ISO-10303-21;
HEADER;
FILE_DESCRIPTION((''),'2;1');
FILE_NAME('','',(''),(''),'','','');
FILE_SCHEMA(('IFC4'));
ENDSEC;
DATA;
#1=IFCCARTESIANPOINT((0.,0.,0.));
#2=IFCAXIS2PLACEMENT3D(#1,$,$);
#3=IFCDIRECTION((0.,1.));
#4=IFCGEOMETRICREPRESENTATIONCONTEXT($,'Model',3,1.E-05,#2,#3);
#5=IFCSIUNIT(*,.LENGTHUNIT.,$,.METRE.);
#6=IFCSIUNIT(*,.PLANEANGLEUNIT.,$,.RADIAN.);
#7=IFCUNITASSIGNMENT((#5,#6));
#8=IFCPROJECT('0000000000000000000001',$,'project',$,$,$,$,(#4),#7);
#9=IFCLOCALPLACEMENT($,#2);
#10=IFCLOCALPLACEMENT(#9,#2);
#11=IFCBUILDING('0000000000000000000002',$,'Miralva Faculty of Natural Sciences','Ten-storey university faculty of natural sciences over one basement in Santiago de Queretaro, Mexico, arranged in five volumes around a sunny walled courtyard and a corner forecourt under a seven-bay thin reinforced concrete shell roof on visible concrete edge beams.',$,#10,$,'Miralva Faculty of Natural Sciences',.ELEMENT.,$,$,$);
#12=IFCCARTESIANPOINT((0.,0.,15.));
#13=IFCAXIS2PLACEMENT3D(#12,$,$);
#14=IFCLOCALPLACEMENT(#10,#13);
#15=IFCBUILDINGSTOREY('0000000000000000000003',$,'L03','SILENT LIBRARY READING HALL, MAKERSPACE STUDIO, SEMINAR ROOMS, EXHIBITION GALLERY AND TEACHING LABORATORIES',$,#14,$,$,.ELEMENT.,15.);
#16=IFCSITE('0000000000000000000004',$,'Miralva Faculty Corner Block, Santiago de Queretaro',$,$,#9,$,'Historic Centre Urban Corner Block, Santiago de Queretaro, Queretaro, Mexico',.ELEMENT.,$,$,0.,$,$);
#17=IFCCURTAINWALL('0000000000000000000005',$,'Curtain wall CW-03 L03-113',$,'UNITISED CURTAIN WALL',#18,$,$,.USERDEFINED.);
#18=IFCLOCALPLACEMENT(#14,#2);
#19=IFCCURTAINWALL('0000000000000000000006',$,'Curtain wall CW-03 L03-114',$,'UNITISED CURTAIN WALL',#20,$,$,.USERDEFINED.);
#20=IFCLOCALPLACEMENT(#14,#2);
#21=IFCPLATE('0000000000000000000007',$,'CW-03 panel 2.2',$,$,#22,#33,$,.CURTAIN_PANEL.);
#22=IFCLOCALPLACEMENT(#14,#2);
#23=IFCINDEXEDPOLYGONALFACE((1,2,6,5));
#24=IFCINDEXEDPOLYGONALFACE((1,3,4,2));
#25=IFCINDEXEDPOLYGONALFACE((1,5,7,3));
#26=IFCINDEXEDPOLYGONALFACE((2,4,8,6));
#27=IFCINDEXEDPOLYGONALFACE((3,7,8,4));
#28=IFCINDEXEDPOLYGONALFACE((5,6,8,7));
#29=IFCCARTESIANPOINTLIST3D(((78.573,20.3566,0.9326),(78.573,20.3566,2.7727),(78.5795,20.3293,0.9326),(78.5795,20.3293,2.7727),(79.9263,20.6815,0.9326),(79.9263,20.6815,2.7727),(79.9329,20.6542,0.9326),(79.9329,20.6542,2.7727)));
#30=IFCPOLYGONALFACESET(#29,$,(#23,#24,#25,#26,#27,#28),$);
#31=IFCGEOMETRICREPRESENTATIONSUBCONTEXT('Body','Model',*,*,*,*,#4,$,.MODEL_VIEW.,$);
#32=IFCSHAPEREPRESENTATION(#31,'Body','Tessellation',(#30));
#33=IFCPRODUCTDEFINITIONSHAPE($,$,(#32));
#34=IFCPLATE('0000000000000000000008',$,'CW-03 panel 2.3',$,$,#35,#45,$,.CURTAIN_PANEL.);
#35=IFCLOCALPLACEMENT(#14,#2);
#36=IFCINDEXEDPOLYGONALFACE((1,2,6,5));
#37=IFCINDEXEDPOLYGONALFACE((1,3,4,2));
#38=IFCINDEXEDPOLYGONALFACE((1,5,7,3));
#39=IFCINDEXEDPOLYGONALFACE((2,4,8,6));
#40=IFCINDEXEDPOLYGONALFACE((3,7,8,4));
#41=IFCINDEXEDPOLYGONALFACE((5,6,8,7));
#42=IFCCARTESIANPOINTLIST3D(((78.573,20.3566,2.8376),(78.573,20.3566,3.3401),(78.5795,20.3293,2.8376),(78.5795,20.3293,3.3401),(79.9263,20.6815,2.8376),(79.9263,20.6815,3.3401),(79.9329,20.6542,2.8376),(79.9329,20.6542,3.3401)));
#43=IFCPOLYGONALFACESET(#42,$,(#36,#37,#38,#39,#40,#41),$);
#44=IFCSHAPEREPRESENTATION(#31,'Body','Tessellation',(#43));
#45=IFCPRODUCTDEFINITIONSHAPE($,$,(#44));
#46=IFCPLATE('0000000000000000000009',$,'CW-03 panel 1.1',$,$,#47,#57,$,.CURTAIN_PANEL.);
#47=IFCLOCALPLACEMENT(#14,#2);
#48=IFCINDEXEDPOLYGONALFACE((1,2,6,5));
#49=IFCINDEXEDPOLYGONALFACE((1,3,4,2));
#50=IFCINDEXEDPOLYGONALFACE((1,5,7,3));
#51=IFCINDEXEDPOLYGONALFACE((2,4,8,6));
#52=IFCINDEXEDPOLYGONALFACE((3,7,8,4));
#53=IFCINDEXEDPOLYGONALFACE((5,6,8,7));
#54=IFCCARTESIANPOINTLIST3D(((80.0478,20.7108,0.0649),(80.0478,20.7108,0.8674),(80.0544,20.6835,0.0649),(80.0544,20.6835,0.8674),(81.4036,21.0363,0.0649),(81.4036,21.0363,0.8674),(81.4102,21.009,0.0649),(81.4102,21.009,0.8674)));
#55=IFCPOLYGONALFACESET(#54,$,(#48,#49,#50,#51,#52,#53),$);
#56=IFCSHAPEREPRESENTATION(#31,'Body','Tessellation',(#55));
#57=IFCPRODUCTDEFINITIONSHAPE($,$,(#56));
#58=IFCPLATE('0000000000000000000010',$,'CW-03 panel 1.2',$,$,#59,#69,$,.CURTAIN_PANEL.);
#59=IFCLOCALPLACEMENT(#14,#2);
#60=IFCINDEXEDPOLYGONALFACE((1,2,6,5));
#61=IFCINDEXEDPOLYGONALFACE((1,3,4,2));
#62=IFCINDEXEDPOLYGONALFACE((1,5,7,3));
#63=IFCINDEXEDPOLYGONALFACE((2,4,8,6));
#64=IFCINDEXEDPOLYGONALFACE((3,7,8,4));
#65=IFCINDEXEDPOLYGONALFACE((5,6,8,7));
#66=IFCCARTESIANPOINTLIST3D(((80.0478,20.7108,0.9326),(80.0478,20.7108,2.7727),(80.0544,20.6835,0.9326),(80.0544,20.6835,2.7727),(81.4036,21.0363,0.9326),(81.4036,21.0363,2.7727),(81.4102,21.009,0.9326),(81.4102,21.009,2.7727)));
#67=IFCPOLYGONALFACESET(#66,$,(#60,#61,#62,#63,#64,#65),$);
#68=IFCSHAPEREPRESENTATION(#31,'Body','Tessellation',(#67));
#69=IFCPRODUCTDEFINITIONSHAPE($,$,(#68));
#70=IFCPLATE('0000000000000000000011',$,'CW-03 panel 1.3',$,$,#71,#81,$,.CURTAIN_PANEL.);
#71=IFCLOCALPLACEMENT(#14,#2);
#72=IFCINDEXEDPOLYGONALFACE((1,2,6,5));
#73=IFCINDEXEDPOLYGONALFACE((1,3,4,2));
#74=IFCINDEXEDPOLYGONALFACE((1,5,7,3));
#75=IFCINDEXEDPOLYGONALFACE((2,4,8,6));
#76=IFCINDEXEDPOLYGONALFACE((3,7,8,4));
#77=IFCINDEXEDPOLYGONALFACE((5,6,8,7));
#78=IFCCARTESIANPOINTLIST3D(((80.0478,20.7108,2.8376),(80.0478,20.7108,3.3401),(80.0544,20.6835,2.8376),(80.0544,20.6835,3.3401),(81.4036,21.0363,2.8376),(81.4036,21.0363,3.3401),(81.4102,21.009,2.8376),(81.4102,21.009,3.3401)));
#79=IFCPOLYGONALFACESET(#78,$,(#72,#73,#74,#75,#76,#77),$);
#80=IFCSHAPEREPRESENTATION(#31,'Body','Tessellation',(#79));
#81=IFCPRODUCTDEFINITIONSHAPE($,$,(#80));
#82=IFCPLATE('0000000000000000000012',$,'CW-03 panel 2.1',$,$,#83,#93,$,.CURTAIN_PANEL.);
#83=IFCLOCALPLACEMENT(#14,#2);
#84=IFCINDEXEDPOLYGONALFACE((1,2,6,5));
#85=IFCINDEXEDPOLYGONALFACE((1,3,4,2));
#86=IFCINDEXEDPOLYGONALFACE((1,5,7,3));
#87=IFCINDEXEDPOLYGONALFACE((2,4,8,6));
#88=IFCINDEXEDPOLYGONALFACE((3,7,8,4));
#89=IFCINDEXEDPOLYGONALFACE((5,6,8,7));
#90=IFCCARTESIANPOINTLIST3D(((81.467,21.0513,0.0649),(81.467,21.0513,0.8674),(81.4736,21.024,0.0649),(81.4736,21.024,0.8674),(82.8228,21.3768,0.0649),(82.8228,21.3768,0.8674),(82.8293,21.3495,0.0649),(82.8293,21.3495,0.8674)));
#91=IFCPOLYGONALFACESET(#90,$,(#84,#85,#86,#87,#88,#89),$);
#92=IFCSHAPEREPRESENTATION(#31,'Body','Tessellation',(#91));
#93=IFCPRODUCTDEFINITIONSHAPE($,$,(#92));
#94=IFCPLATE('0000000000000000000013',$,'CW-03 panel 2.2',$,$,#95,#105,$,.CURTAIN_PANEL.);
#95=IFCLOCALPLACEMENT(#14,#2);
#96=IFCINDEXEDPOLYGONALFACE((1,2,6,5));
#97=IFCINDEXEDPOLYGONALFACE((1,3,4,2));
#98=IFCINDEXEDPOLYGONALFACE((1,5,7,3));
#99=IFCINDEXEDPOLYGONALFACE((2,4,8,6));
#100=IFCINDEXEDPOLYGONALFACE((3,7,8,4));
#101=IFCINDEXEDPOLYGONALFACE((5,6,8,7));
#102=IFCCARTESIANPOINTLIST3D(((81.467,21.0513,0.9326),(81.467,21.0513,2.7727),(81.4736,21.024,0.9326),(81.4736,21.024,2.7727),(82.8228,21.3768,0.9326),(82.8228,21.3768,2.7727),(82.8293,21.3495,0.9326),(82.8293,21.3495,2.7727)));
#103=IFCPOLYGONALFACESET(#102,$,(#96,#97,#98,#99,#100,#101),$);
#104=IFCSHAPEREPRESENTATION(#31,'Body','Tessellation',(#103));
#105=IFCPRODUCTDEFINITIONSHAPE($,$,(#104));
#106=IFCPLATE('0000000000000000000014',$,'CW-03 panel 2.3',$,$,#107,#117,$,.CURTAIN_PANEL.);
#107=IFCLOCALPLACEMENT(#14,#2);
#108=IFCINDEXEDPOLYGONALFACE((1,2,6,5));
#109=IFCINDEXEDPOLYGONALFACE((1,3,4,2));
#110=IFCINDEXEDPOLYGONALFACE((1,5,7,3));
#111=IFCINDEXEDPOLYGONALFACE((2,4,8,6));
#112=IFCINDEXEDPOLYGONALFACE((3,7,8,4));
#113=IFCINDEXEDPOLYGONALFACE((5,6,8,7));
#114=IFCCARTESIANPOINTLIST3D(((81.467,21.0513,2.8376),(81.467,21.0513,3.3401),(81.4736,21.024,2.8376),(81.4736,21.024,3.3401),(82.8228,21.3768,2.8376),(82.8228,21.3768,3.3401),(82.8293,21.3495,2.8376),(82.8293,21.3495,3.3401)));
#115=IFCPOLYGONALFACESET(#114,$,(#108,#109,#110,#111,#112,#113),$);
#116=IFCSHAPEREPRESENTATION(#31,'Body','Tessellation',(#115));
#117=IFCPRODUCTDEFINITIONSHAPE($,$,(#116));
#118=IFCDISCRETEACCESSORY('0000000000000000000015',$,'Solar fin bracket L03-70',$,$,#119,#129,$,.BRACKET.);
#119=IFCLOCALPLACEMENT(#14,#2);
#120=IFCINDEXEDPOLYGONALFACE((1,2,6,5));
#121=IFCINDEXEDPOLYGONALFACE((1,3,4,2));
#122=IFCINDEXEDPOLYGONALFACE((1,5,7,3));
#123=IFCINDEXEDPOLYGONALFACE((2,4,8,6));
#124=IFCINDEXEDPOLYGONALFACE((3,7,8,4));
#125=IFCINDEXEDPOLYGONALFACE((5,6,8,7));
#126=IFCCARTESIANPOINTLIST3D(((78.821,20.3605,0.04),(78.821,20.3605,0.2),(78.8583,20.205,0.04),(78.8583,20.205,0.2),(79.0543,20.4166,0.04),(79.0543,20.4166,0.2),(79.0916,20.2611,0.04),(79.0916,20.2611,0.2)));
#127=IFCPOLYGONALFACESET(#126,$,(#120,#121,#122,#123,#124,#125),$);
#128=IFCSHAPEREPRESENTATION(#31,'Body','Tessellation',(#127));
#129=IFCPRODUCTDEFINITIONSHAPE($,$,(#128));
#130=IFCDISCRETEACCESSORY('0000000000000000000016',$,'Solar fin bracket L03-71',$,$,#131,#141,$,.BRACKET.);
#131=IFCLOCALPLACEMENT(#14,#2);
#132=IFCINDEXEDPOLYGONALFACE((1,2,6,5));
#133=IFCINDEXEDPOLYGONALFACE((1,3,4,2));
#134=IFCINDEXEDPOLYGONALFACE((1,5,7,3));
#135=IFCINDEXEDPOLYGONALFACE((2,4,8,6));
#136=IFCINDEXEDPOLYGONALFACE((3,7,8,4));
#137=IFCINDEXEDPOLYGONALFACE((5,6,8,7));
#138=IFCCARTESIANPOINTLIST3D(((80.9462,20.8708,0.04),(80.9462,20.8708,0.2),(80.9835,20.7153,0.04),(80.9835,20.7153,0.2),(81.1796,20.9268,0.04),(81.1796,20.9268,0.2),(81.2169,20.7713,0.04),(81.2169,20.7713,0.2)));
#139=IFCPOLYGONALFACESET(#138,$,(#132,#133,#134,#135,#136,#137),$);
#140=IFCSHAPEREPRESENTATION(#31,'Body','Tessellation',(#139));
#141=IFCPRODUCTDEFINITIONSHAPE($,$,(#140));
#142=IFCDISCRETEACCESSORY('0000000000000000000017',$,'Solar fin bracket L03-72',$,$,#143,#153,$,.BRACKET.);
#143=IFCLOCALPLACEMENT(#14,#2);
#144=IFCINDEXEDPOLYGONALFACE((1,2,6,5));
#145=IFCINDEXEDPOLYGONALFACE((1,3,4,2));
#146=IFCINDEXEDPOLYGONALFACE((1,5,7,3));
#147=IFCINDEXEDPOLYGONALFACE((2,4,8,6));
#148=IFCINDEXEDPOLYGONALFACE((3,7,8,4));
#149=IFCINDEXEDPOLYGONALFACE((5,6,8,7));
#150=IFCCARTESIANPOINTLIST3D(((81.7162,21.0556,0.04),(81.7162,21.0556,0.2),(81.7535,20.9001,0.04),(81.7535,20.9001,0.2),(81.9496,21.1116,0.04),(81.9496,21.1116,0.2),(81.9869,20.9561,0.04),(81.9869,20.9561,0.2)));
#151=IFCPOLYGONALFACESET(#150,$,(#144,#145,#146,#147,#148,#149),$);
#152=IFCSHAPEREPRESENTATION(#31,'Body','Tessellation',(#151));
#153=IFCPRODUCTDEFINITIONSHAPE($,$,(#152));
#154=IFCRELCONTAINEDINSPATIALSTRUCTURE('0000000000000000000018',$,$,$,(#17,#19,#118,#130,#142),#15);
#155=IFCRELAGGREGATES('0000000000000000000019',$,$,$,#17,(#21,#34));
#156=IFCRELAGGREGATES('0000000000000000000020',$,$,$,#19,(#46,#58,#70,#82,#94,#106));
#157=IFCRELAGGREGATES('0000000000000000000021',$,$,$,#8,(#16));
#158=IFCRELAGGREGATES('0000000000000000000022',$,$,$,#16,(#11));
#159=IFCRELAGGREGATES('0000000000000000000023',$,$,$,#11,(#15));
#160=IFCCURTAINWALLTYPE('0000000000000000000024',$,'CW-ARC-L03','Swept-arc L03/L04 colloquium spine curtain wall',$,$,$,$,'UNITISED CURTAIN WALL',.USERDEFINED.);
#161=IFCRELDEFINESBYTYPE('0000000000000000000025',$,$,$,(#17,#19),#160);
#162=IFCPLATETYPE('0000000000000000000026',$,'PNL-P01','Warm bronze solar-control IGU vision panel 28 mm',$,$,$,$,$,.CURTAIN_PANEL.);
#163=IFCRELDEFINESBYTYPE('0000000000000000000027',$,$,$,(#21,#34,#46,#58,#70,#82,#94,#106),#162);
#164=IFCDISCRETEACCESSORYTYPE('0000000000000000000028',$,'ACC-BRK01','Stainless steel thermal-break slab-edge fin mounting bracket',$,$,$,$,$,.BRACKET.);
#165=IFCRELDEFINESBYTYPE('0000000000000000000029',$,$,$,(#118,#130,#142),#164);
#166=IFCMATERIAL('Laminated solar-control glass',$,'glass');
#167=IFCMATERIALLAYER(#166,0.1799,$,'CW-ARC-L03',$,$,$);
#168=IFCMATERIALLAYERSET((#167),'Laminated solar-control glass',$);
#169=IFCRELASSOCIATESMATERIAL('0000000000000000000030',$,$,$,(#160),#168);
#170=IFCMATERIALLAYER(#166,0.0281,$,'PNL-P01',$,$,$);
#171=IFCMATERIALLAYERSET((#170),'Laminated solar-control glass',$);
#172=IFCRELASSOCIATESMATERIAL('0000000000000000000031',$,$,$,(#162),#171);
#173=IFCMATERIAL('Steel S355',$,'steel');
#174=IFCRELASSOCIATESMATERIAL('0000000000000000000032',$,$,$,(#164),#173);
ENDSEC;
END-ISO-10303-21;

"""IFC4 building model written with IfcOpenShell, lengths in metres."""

from ifc_helpers import new_model, si_unit, direction, frame, origin, origin_2d, place, context, subcontext, project, spatial, rectangle, extrude, material, layer, layer_set, type_object, element, aggregate, save


model = new_model("IFC4")

# Units and contexts
model_context = context("Model", 3, precision=1e-05, world=origin(), true_north=direction((0.0, 1.0)))
body_context = subcontext(model_context, "Body", "Model", "MODEL_VIEW")
ifc_project = project(units=[si_unit("LENGTHUNIT", "METRE"), si_unit("PLANEANGLEUNIT", "RADIAN")], contexts=[model_context])

# Site, building, storey
site_placement = place(None, origin())
site = spatial("IfcSite", under=ifc_project, at=site_placement, Name="Miralva Faculty Corner Block, Santiago de Queretaro", LongName="Historic Centre Urban Corner Block, Santiago de Queretaro, Queretaro, Mexico", CompositionType="ELEMENT", RefElevation=0.0)
building_placement = place(site_placement, origin())
building = spatial("IfcBuilding", under=site, at=building_placement, Name="Miralva Faculty of Natural Sciences", Description="Ten-storey university faculty of natural sciences over one basement in Santiago de Queretaro, Mexico, arranged in five volumes around a sunny walled courtyard and a corner forecourt under a seven-bay thin reinforced concrete shell roof on visible concrete edge beams.", LongName="Miralva Faculty of Natural Sciences", CompositionType="ELEMENT")
storey_placement = place(building_placement, frame((0.0, 0.0, 15.0)))
storey = spatial("IfcBuildingStorey", under=building, at=storey_placement, Name="L03", Description="SILENT LIBRARY READING HALL, MAKERSPACE STUDIO, SEMINAR ROOMS, EXHIBITION GALLERY AND TEACHING LABORATORIES", CompositionType="ELEMENT", Elevation=15.0)

# Curtain walls
ifc_material_1 = material(Name="Laminated solar-control glass", Category="glass")
ifc_layer_1 = layer(ifc_material_1, 0.1799, Name="CW-ARC-L03")
ifc_layer_set_1 = layer_set([ifc_layer_1], Name="Laminated solar-control glass")
curtain_wall_type = type_object("IfcCurtainWallType", Name="CW-ARC-L03", Description="Swept-arc L03/L04 colloquium spine curtain wall", ElementType="UNITISED CURTAIN WALL", PredefinedType="USERDEFINED", material=ifc_layer_set_1)
curtain_wall_1_placement = place(storey_placement, origin())
curtain_wall_1 = element("IfcCurtainWall", 1, at=curtain_wall_1_placement, inside=storey, type_object=curtain_wall_type, Name="Curtain wall CW-03 L03-113", ObjectType="UNITISED CURTAIN WALL", PredefinedType="USERDEFINED")
curtain_wall_2_placement = place(storey_placement, origin())
curtain_wall_2 = element("IfcCurtainWall", 2, at=curtain_wall_2_placement, inside=storey, type_object=curtain_wall_type, Name="Curtain wall CW-03 L03-114", ObjectType="UNITISED CURTAIN WALL", PredefinedType="USERDEFINED")

# Plates
ifc_layer_2 = layer(ifc_material_1, 0.0281, Name="PNL-P01")
ifc_layer_set_2 = layer_set([ifc_layer_2], Name="Laminated solar-control glass")
plate_type = type_object("IfcPlateType", Name="PNL-P01", Description="Warm bronze solar-control IGU vision panel 28 mm", PredefinedType="CURTAIN_PANEL", material=ifc_layer_set_2)
plate_1_placement = place(storey_placement, frame((79.2529, 20.5054, 0.9326), z_axis=(0.0, 0.0, 1.0), x_axis=(0.972367, 0.233457, 0.0)))
plate_1 = element("IfcPlate", 3, at=plate_1_placement, type_object=plate_type, Name="CW-03 panel 2.2", PredefinedType="CURTAIN_PANEL", context=body_context, shape_type="SweptSolid", body=[
    extrude(rectangle(XDim=1.3918, YDim=0.0281, at=origin_2d()), origin(), (0.0, 0.0, 1.0), 1.8401),
])
plate_2_placement = place(storey_placement, frame((79.2529, 20.5054, 2.8376), z_axis=(0.0, 0.0, 1.0), x_axis=(0.972367, 0.233457, 0.0)))
plate_2 = element("IfcPlate", 4, at=plate_2_placement, type_object=plate_type, Name="CW-03 panel 2.3", PredefinedType="CURTAIN_PANEL", context=body_context, shape_type="SweptSolid", body=[
    extrude(rectangle(XDim=1.3918, YDim=0.0281, at=origin_2d()), origin(), (0.0, 0.0, 1.0), 0.5024),
])
aggregate(curtain_wall_1, [plate_1, plate_2])
plate_3_placement = place(storey_placement, frame((80.729, 20.8599, 0.0649), z_axis=(0.0, 0.0, 1.0), x_axis=(0.972365, 0.233464, 0.0)))
plate_3 = element("IfcPlate", 5, at=plate_3_placement, type_object=plate_type, Name="CW-03 panel 1.1", PredefinedType="CURTAIN_PANEL", context=body_context, shape_type="SweptSolid", body=[
    extrude(rectangle(XDim=1.3943, YDim=0.0281, at=origin_2d()), origin(), (0.0, 0.0, 1.0), 0.8025),
])
plate_4_placement = place(storey_placement, frame((80.729, 20.8599, 0.9326), z_axis=(0.0, 0.0, 1.0), x_axis=(0.972365, 0.233464, 0.0)))
plate_4 = element("IfcPlate", 6, at=plate_4_placement, type_object=plate_type, Name="CW-03 panel 1.2", PredefinedType="CURTAIN_PANEL", context=body_context, shape_type="SweptSolid", body=[
    extrude(rectangle(XDim=1.3943, YDim=0.0281, at=origin_2d()), origin(), (0.0, 0.0, 1.0), 1.8401),
])
plate_5_placement = place(storey_placement, frame((80.729, 20.8599, 2.8376), z_axis=(0.0, 0.0, 1.0), x_axis=(0.972365, 0.233464, 0.0)))
plate_5 = element("IfcPlate", 7, at=plate_5_placement, type_object=plate_type, Name="CW-03 panel 1.3", PredefinedType="CURTAIN_PANEL", context=body_context, shape_type="SweptSolid", body=[
    extrude(rectangle(XDim=1.3943, YDim=0.0281, at=origin_2d()), origin(), (0.0, 0.0, 1.0), 0.5024),
])
plate_6_placement = place(storey_placement, frame((82.1482, 21.2004, 0.0649), z_axis=(0.0, 0.0, 1.0), x_axis=(0.972365, 0.233464, 0.0)))
plate_6 = element("IfcPlate", 8, at=plate_6_placement, type_object=plate_type, Name="CW-03 panel 2.1", PredefinedType="CURTAIN_PANEL", context=body_context, shape_type="SweptSolid", body=[
    extrude(rectangle(XDim=1.3943, YDim=0.0281, at=origin_2d()), origin(), (0.0, 0.0, 1.0), 0.8025),
])
plate_7_placement = place(storey_placement, frame((82.1482, 21.2004, 0.9326), z_axis=(0.0, 0.0, 1.0), x_axis=(0.972365, 0.233464, 0.0)))
plate_7 = element("IfcPlate", 9, at=plate_7_placement, type_object=plate_type, Name="CW-03 panel 2.2", PredefinedType="CURTAIN_PANEL", context=body_context, shape_type="SweptSolid", body=[
    extrude(rectangle(XDim=1.3943, YDim=0.0281, at=origin_2d()), origin(), (0.0, 0.0, 1.0), 1.8401),
])
plate_8_placement = place(storey_placement, frame((82.1482, 21.2004, 2.8376), z_axis=(0.0, 0.0, 1.0), x_axis=(0.972365, 0.233464, 0.0)))
plate_8 = element("IfcPlate", 10, at=plate_8_placement, type_object=plate_type, Name="CW-03 panel 2.3", PredefinedType="CURTAIN_PANEL", context=body_context, shape_type="SweptSolid", body=[
    extrude(rectangle(XDim=1.3943, YDim=0.0281, at=origin_2d()), origin(), (0.0, 0.0, 1.0), 0.5024),
])
aggregate(curtain_wall_2, [plate_3, plate_4, plate_5, plate_6, plate_7, plate_8])

# Discrete accessories
ifc_material_2 = material(Name="Steel S355", Category="steel")
discrete_accessory_type = type_object("IfcDiscreteAccessoryType", Name="ACC-BRK01", Description="Stainless steel thermal-break slab-edge fin mounting bracket", PredefinedType="BRACKET", material=ifc_material_2)
for number, where, z_axis, x_axis, name in (
    (11, (78.9563, 20.3108, 0.04), (0.0, 0.0, 1.0), (0.233445, -0.97237, 0.0), "Solar fin bracket L03-70"),
    (12, (81.0815, 20.821, 0.04), (0.0, 0.0, 1.0), (0.233445, -0.97237, 0.0), "Solar fin bracket L03-71"),
    (13, (81.8516, 21.0059, 0.04), (0.0, 0.0, 1.0), (0.233445, -0.97237, 0.0), "Solar fin bracket L03-72"),
):
    element("IfcDiscreteAccessory", number, at=place(storey_placement, frame(where, z_axis=z_axis, x_axis=x_axis)), inside=storey, type_object=discrete_accessory_type, Name=name, PredefinedType="BRACKET", context=body_context, shape_type="SweptSolid", body=[
        extrude(rectangle(XDim=0.1599, YDim=0.24, at=origin_2d()), origin(), (0.0, 0.0, 1.0), 0.1599),
    ])

save(model, "model.ifc")
